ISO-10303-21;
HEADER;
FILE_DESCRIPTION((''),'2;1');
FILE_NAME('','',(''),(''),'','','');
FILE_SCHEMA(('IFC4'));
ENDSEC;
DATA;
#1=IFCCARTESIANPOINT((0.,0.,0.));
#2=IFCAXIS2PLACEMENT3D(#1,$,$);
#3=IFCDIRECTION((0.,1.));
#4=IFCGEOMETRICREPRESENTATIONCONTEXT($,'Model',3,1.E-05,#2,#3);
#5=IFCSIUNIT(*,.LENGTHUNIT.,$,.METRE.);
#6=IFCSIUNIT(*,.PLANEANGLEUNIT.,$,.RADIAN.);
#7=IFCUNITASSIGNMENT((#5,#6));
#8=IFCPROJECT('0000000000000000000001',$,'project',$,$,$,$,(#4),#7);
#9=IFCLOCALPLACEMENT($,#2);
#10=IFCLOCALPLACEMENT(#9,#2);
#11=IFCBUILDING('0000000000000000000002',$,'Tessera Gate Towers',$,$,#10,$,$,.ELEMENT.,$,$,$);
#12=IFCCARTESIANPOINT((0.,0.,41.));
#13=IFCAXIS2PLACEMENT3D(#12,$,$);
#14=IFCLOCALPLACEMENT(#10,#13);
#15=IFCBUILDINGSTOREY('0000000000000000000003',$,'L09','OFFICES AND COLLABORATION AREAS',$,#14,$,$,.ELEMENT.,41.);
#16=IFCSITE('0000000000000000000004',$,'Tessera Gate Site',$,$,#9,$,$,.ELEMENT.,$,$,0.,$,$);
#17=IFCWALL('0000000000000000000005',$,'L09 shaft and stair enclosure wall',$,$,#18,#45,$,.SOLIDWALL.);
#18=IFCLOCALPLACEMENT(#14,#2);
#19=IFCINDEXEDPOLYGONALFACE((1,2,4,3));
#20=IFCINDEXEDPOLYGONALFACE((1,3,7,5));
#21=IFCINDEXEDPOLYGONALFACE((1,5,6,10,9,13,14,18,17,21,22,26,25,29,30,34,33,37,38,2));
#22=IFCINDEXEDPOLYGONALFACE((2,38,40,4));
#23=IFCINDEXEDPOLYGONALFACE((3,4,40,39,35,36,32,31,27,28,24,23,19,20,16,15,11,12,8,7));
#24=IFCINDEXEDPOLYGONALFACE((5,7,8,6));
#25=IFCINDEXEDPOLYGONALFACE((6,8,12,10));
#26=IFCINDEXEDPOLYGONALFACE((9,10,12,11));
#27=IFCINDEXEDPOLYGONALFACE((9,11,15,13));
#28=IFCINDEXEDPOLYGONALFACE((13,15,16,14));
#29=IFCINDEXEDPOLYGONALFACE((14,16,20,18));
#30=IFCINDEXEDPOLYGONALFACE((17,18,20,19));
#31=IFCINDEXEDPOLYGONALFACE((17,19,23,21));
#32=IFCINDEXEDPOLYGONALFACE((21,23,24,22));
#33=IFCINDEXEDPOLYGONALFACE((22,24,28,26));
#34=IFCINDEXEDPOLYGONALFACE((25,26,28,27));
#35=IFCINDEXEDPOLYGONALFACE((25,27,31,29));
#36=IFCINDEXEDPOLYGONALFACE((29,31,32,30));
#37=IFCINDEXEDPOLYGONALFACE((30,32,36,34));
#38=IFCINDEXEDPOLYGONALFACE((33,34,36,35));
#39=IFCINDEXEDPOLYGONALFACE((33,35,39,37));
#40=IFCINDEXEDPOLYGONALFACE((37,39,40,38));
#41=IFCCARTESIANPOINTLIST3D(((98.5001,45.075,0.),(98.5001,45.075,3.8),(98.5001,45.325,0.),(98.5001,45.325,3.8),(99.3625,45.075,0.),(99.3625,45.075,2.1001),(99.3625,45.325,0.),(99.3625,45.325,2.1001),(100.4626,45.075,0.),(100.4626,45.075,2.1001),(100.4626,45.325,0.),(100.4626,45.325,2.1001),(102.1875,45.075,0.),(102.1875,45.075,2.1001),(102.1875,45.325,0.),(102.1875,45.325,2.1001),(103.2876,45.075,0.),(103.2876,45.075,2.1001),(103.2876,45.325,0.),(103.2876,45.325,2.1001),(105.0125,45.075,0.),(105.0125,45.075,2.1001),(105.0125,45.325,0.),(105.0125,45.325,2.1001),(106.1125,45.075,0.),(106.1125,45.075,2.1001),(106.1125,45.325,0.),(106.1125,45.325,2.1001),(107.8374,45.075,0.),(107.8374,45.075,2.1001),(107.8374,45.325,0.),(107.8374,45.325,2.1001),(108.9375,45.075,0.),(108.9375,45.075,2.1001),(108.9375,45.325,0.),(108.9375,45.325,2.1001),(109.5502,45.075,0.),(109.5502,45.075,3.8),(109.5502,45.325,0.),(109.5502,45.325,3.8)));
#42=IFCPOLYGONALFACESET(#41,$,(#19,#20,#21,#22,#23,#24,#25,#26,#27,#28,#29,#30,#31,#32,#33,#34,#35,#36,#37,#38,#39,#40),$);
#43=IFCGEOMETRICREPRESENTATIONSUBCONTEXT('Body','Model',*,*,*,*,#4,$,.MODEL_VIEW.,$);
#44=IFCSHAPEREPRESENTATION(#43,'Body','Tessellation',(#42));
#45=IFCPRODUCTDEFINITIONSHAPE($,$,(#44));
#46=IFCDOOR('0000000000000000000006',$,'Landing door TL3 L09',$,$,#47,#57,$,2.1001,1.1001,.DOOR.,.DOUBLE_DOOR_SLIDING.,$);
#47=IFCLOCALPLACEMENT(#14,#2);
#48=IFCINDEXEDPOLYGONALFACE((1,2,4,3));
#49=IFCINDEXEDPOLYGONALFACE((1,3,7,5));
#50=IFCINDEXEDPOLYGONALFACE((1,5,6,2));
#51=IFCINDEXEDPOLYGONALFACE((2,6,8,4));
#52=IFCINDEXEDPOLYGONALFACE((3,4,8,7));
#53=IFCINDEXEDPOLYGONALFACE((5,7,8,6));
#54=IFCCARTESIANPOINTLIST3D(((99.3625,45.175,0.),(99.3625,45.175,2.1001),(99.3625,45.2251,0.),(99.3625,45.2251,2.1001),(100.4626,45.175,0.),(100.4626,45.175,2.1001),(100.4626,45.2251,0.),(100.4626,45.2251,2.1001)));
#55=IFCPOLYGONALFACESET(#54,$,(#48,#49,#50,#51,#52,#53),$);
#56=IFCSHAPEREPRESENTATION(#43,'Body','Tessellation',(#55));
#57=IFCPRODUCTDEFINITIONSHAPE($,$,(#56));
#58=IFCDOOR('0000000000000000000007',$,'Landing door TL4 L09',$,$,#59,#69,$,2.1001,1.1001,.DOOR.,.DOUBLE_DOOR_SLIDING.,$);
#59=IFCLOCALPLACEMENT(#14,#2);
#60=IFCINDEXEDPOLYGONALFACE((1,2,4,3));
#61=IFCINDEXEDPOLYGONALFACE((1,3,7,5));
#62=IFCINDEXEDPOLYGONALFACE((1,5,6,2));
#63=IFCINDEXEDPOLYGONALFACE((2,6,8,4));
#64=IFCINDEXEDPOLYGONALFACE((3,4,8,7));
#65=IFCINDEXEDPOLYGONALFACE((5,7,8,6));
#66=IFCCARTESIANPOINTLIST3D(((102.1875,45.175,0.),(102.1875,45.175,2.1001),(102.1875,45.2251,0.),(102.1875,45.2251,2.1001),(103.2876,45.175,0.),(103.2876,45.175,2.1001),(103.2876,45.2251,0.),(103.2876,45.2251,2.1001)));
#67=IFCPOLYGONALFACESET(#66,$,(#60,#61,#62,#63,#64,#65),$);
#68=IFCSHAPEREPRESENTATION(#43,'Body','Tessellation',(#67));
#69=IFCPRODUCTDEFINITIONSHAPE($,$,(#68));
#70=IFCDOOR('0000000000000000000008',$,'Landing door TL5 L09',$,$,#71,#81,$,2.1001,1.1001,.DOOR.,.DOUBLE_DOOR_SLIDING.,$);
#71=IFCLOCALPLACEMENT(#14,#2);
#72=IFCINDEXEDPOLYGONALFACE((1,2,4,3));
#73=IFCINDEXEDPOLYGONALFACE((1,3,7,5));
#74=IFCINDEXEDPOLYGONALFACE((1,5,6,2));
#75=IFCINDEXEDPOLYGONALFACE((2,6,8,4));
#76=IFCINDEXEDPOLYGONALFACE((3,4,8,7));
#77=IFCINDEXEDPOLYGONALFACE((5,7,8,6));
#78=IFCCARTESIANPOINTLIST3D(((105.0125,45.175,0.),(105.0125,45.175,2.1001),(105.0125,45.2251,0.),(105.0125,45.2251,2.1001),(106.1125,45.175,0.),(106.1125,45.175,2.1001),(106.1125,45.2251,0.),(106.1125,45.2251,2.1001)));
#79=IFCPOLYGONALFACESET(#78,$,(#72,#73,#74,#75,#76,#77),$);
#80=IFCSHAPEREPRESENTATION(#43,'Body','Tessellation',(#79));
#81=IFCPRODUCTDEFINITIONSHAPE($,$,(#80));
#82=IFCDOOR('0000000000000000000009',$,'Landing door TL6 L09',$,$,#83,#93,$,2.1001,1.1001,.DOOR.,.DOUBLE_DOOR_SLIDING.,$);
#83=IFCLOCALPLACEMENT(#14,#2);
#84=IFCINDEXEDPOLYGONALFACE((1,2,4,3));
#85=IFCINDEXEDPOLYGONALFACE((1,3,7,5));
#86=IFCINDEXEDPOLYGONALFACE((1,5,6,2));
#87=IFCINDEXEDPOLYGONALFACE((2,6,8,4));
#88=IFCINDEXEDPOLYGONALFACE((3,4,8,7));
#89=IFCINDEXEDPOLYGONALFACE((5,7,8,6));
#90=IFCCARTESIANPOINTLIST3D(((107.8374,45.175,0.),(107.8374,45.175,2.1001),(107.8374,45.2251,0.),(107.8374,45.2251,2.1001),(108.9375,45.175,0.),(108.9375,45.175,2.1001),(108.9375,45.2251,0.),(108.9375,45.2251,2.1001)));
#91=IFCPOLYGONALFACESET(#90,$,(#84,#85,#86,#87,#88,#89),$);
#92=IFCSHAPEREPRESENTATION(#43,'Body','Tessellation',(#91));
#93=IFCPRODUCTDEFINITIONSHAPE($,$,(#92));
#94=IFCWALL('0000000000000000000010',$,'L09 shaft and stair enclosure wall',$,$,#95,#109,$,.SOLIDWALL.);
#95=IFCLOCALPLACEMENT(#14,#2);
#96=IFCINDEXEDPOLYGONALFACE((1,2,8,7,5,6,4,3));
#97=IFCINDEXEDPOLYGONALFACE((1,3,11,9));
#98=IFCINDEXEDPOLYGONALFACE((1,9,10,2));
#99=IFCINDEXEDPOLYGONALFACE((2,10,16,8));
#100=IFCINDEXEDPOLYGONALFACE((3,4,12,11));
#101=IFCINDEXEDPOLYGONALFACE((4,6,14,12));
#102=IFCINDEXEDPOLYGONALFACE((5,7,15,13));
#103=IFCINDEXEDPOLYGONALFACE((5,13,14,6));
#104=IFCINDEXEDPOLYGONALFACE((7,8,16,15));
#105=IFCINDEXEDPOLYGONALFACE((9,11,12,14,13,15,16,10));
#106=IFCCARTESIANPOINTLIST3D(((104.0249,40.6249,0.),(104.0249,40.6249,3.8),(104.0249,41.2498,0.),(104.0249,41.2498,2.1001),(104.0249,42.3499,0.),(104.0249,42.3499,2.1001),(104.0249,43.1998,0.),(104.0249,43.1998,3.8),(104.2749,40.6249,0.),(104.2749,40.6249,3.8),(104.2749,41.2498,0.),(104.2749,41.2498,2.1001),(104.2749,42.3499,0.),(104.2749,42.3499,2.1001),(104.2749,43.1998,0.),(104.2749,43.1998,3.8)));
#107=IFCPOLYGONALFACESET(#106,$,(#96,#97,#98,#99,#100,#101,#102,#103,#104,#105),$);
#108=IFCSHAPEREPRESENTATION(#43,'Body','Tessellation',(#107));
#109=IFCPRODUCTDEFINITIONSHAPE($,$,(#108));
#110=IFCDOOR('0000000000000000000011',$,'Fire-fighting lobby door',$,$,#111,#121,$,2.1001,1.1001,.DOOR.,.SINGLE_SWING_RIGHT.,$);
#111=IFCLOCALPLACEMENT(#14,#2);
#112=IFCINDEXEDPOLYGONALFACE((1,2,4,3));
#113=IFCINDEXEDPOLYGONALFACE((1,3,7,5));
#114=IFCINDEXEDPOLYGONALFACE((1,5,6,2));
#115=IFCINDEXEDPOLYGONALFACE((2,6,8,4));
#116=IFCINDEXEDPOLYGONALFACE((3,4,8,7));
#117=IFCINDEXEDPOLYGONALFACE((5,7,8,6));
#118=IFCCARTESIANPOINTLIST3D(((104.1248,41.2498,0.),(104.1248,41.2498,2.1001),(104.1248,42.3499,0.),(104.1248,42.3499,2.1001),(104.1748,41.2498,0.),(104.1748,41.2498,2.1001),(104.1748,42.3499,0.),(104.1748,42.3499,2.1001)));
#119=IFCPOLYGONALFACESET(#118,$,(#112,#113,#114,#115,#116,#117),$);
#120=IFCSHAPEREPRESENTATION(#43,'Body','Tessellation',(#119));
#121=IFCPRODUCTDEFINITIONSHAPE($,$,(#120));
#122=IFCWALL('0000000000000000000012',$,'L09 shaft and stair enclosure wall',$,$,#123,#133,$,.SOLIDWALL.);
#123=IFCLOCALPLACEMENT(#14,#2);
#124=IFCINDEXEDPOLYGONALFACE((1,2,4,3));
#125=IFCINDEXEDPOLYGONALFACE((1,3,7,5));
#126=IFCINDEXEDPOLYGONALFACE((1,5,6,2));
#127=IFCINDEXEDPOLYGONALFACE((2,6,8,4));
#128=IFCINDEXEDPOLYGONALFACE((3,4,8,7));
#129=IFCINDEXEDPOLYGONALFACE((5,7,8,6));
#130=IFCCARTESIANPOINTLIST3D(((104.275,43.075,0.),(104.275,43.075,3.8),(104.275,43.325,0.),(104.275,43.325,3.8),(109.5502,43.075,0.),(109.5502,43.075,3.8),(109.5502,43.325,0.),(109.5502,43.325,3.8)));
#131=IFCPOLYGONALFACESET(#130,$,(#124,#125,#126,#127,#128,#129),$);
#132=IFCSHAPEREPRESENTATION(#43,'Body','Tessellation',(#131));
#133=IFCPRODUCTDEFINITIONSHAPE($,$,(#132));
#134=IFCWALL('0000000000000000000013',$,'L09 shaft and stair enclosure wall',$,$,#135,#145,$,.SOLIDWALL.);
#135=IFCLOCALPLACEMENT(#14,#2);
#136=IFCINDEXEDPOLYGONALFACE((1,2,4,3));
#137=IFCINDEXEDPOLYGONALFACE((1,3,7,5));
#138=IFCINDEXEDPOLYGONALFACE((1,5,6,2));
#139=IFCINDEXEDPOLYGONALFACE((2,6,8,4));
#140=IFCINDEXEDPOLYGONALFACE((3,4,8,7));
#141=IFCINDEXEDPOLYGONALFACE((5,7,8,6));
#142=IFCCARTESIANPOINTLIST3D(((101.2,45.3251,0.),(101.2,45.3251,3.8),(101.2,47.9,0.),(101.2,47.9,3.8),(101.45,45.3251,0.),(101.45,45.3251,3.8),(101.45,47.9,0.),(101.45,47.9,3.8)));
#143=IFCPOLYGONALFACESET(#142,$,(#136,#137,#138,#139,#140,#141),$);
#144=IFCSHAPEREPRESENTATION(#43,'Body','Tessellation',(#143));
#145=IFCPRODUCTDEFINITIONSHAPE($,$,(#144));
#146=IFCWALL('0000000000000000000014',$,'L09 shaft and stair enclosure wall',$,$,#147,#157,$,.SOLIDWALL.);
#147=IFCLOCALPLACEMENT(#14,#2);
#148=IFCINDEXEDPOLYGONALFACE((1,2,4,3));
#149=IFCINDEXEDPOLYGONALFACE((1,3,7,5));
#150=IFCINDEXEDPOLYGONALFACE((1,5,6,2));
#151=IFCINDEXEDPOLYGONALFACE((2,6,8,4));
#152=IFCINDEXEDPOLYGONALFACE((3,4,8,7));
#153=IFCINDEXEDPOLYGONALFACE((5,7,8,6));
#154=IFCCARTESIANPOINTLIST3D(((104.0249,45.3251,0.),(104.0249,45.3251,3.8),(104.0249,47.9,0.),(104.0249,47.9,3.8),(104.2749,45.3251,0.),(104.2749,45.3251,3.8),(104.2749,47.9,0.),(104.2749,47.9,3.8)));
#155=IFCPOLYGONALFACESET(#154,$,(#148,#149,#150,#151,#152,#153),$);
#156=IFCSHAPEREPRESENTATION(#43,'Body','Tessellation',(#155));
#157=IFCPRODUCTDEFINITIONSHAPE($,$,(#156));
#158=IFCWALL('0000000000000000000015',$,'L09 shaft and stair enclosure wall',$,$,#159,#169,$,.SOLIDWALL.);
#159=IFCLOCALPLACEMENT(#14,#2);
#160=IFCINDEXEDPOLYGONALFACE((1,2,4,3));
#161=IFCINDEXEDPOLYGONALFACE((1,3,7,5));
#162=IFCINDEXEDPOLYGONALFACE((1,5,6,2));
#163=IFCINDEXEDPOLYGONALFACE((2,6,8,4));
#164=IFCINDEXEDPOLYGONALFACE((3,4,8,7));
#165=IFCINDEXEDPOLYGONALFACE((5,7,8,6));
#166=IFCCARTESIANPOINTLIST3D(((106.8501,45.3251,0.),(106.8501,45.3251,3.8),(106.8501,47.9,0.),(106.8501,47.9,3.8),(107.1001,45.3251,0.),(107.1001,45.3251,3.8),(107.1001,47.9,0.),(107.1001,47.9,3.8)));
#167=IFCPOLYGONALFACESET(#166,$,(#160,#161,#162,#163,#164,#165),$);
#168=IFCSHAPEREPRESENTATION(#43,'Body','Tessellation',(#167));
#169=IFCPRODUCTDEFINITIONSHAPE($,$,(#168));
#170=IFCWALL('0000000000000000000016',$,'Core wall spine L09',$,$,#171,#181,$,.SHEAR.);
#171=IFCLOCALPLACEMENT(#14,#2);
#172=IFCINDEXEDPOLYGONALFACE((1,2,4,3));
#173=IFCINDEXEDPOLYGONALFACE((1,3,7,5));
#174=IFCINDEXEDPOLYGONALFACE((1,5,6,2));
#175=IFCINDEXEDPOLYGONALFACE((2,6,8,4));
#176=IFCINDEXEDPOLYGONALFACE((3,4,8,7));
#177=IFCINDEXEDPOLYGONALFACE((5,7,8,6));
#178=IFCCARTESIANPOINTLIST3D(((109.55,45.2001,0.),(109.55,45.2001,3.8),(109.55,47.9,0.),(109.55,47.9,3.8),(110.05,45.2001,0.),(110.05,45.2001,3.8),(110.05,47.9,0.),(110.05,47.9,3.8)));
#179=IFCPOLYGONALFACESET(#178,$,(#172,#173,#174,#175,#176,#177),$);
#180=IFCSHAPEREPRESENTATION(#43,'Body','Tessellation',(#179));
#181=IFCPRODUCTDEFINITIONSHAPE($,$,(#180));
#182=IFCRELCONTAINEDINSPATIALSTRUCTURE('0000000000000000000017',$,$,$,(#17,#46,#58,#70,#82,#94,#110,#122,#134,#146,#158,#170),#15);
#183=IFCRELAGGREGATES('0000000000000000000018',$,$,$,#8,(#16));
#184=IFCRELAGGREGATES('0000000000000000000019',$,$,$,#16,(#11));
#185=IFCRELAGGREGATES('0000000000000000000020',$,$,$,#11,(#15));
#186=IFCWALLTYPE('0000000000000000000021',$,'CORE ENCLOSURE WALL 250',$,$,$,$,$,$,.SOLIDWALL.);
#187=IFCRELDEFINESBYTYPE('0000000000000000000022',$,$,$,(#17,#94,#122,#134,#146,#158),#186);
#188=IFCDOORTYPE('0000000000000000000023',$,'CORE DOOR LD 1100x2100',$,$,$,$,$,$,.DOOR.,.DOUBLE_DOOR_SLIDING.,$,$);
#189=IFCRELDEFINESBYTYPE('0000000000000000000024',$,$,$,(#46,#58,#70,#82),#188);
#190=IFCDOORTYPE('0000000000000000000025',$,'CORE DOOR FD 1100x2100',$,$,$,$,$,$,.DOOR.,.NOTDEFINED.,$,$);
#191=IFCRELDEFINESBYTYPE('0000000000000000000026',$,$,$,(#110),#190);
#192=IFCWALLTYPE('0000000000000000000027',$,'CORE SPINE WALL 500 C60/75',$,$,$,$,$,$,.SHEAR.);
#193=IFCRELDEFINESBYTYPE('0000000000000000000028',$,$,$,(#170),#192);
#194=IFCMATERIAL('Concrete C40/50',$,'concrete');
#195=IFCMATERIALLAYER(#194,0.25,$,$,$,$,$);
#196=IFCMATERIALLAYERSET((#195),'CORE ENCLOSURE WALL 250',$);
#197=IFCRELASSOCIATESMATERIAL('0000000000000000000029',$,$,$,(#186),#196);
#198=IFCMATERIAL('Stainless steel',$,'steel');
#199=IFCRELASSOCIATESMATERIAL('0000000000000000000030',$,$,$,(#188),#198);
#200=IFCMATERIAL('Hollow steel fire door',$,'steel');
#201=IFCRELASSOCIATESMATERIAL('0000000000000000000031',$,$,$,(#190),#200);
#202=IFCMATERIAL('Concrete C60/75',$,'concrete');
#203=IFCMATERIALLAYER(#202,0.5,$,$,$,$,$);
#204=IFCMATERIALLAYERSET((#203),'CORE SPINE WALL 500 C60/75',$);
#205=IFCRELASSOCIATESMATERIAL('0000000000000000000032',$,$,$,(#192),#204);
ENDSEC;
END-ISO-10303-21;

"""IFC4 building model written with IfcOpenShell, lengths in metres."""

from ifc_helpers import new_model, si_unit, direction, frame, frame_2d, origin, place, context, subcontext, project, spatial, rectangle, extrude, source, transform, mapped, material, layer, layer_set, type_object, element, fill, save


model = new_model("IFC4")

# Units and contexts
model_context = context("Model", 3, precision=1e-05, world=origin(), true_north=direction((0.0, 1.0)))
body_context = subcontext(model_context, "Body", "Model", "MODEL_VIEW")
ifc_project = project(units=[si_unit("LENGTHUNIT", "METRE"), si_unit("PLANEANGLEUNIT", "RADIAN")], contexts=[model_context])

# Site, building, storey
site_placement = place(None, origin())
site = spatial("IfcSite", under=ifc_project, at=site_placement, Name="Tessera Gate Site", CompositionType="ELEMENT", RefElevation=0.0)
building_placement = place(site_placement, origin())
building = spatial("IfcBuilding", under=site, at=building_placement, Name="Tessera Gate Towers", CompositionType="ELEMENT")
storey_placement = place(building_placement, frame((0.0, 0.0, 41.0)))
storey = spatial("IfcBuildingStorey", under=building, at=storey_placement, Name="L09", Description="OFFICES AND COLLABORATION AREAS", CompositionType="ELEMENT", Elevation=41.0)

# Wall, openings, doors
ifc_material_1 = material(Name="Concrete C40/50", Category="concrete")
ifc_layer_1 = layer(ifc_material_1, 0.25)
ifc_layer_set_1 = layer_set([ifc_layer_1], Name="CORE ENCLOSURE WALL 250")
wall_type_1 = type_object("IfcWallType", Name="CORE ENCLOSURE WALL 250", PredefinedType="SOLIDWALL", material=ifc_layer_set_1)
shared_shape_1 = source(origin(), body_context, "Body", "SweptSolid", [
    extrude(rectangle(XDim=1.1001, YDim=2.1001, at=frame_2d((0.55, 1.05))), frame((0.0, 0.135, 0.0), z_axis=(0.0, -1.0, 0.0), x_axis=(1.0, 0.0, 0.0)), (0.0, 0.0, 1.0), 0.27),
])
ifc_material_2 = material(Name="Stainless steel", Category="steel")
door_type_1 = type_object("IfcDoorType", Name="CORE DOOR LD 1100x2100", OperationType="DOUBLE_DOOR_SLIDING", PredefinedType="DOOR", material=ifc_material_2)
shared_shape_2 = source(origin(), body_context, "Body", "SweptSolid", [
    extrude(rectangle(XDim=1.1001, YDim=2.1001, at=frame_2d((0.55, 1.05))), frame((0.0, 0.0249, 0.0), z_axis=(0.0, -1.0, 0.0), x_axis=(1.0, 0.0, 0.0)), (0.0, 0.0, 1.0), 0.05),
])
wall_1_placement = place(storey_placement, frame((109.55, 45.2, 0.0), z_axis=(0.0, 0.0, 1.0), x_axis=(-1.0, 0.0, 0.0)))
wall_1 = element("IfcWall", 1, at=wall_1_placement, inside=storey, type_object=wall_type_1, Name="L09 shaft and stair enclosure wall", PredefinedType="SOLIDWALL", context=body_context, shape_type="SweptSolid", body=[
    extrude(rectangle(XDim=11.05, YDim=0.25, at=frame_2d((5.5249, 0.0))), origin(), (0.0, 0.0, 1.0), 3.8),
])
opening_1_placement = place(wall_1_placement, frame((9.0874, 0.0, 0.0)))
opening_1 = element("IfcOpeningElement", 2, at=opening_1_placement, cuts=wall_1, PredefinedType="OPENING", context=body_context, shape_type="MappedRepresentation", body=[
    mapped(shared_shape_1, transform((0.0, 0.0, 0.0), scale=1.0)),
])
opening_2_placement = place(wall_1_placement, frame((6.2625, 0.0, 0.0)))
opening_2 = element("IfcOpeningElement", 3, at=opening_2_placement, cuts=wall_1, PredefinedType="OPENING", context=body_context, shape_type="MappedRepresentation", body=[
    mapped(shared_shape_1, transform((0.0, 0.0, 0.0), scale=1.0)),
])
opening_3_placement = place(wall_1_placement, frame((3.4375, 0.0, 0.0)))
opening_3 = element("IfcOpeningElement", 4, at=opening_3_placement, cuts=wall_1, PredefinedType="OPENING", context=body_context, shape_type="MappedRepresentation", body=[
    mapped(shared_shape_1, transform((0.0, 0.0, 0.0), scale=1.0)),
])
opening_4_placement = place(wall_1_placement, frame((0.6125, 0.0, 0.0)))
opening_4 = element("IfcOpeningElement", 5, at=opening_4_placement, cuts=wall_1, PredefinedType="OPENING", context=body_context, shape_type="MappedRepresentation", body=[
    mapped(shared_shape_1, transform((0.0, 0.0, 0.0), scale=1.0)),
])
door_1_placement = place(opening_1_placement, origin())
door_1 = element("IfcDoor", 6, at=door_1_placement, inside=storey, type_object=door_type_1, Name="Landing door TL3 L09", OperationType="DOUBLE_DOOR_SLIDING", OverallHeight=2.1001, OverallWidth=1.1001, PredefinedType="DOOR", context=body_context, shape_type="MappedRepresentation", body=[
    mapped(shared_shape_2, transform((0.0, 0.0, 0.0), scale=1.0)),
])
fill(opening_1, door_1)
door_2_placement = place(opening_2_placement, origin())
door_2 = element("IfcDoor", 7, at=door_2_placement, inside=storey, type_object=door_type_1, Name="Landing door TL4 L09", OperationType="DOUBLE_DOOR_SLIDING", OverallHeight=2.1001, OverallWidth=1.1001, PredefinedType="DOOR", context=body_context, shape_type="MappedRepresentation", body=[
    mapped(shared_shape_2, transform((0.0, 0.0, 0.0), scale=1.0)),
])
fill(opening_2, door_2)
door_3_placement = place(opening_3_placement, origin())
door_3 = element("IfcDoor", 8, at=door_3_placement, inside=storey, type_object=door_type_1, Name="Landing door TL5 L09", OperationType="DOUBLE_DOOR_SLIDING", OverallHeight=2.1001, OverallWidth=1.1001, PredefinedType="DOOR", context=body_context, shape_type="MappedRepresentation", body=[
    mapped(shared_shape_2, transform((0.0, 0.0, 0.0), scale=1.0)),
])
fill(opening_3, door_3)
door_4_placement = place(opening_4_placement, origin())
door_4 = element("IfcDoor", 9, at=door_4_placement, inside=storey, type_object=door_type_1, Name="Landing door TL6 L09", OperationType="DOUBLE_DOOR_SLIDING", OverallHeight=2.1001, OverallWidth=1.1001, PredefinedType="DOOR", context=body_context, shape_type="MappedRepresentation", body=[
    mapped(shared_shape_2, transform((0.0, 0.0, 0.0), scale=1.0)),
])
fill(opening_4, door_4)

# Wall, opening, door
wall_2_placement = place(storey_placement, frame((104.1499, 43.2, 0.0), z_axis=(0.0, 0.0, 1.0), x_axis=(0.0, -1.0, 0.0)))
wall_2 = element("IfcWall", 10, at=wall_2_placement, inside=storey, type_object=wall_type_1, Name="L09 shaft and stair enclosure wall", PredefinedType="SOLIDWALL", context=body_context, shape_type="SweptSolid", body=[
    extrude(rectangle(XDim=2.575, YDim=0.25, at=frame_2d((1.2876, 0.0))), origin(), (0.0, 0.0, 1.0), 3.8),
])
opening_5_placement = place(wall_2_placement, frame((0.8501, 0.0, 0.0)))
opening_5 = element("IfcOpeningElement", 11, at=opening_5_placement, cuts=wall_2, PredefinedType="OPENING", context=body_context, shape_type="MappedRepresentation", body=[
    mapped(shared_shape_1, transform((0.0, 0.0, 0.0), scale=1.0)),
])
ifc_material_3 = material(Name="Hollow steel fire door", Category="steel")
door_type_2 = type_object("IfcDoorType", Name="CORE DOOR FD 1100x2100", OperationType="NOTDEFINED", PredefinedType="DOOR", material=ifc_material_3)
door_5_placement = place(opening_5_placement, origin())
door_5 = element("IfcDoor", 12, at=door_5_placement, inside=storey, type_object=door_type_2, Name="Fire-fighting lobby door", OperationType="SINGLE_SWING_RIGHT", OverallHeight=2.1001, OverallWidth=1.1001, PredefinedType="DOOR", context=body_context, shape_type="MappedRepresentation", body=[
    mapped(shared_shape_2, transform((0.0, 0.0, 0.0), scale=1.0)),
])
fill(opening_5, door_5)

# Walls
wall_3_placement = place(storey_placement, frame((104.2749, 43.2, 0.0), z_axis=(0.0, 0.0, 1.0), x_axis=(1.0, 0.0, 0.0)))
element("IfcWall", 13, at=wall_3_placement, inside=storey, type_object=wall_type_1, Name="L09 shaft and stair enclosure wall", PredefinedType="SOLIDWALL", context=body_context, shape_type="SweptSolid", body=[
    extrude(rectangle(XDim=5.2751, YDim=0.25, at=frame_2d((2.6377, 0.0))), origin(), (0.0, 0.0, 1.0), 3.8),
])
for number, where, z_axis, x_axis, name in (
    (14, (101.325, 45.325, 0.0), (0.0, 0.0, 1.0), (0.0, 1.0, 0.0), "L09 shaft and stair enclosure wall"),
    (15, (104.1499, 45.325, 0.0), (0.0, 0.0, 1.0), (0.0, 1.0, 0.0), "L09 shaft and stair enclosure wall"),
    (16, (106.9751, 45.325, 0.0), (0.0, 0.0, 1.0), (0.0, 1.0, 0.0), "L09 shaft and stair enclosure wall"),
):
    element("IfcWall", number, at=place(storey_placement, frame(where, z_axis=z_axis, x_axis=x_axis)), inside=storey, type_object=wall_type_1, Name=name, PredefinedType="SOLIDWALL", context=body_context, shape_type="SweptSolid", body=[
        extrude(rectangle(XDim=2.575, YDim=0.25, at=frame_2d((1.2876, 0.0))), origin(), (0.0, 0.0, 1.0), 3.8),
    ])
ifc_material_4 = material(Name="Concrete C60/75", Category="concrete")
ifc_layer_2 = layer(ifc_material_4, 0.5)
ifc_layer_set_2 = layer_set([ifc_layer_2], Name="CORE SPINE WALL 500 C60/75")
wall_type_2 = type_object("IfcWallType", Name="CORE SPINE WALL 500 C60/75", PredefinedType="SHEAR", material=ifc_layer_set_2)
wall_4_placement = place(storey_placement, frame((109.8, 45.2, 0.0), z_axis=(0.0, 0.0, 1.0), x_axis=(0.0, 1.0, 0.0)))
element("IfcWall", 17, at=wall_4_placement, inside=storey, type_object=wall_type_2, Name="Core wall spine L09", PredefinedType="SHEAR", context=body_context, shape_type="SweptSolid", body=[
    extrude(rectangle(XDim=2.7, YDim=0.5, at=frame_2d((1.3501, 0.0))), origin(), (0.0, 0.0, 1.0), 3.8),
])

save(model, "model.ifc")
